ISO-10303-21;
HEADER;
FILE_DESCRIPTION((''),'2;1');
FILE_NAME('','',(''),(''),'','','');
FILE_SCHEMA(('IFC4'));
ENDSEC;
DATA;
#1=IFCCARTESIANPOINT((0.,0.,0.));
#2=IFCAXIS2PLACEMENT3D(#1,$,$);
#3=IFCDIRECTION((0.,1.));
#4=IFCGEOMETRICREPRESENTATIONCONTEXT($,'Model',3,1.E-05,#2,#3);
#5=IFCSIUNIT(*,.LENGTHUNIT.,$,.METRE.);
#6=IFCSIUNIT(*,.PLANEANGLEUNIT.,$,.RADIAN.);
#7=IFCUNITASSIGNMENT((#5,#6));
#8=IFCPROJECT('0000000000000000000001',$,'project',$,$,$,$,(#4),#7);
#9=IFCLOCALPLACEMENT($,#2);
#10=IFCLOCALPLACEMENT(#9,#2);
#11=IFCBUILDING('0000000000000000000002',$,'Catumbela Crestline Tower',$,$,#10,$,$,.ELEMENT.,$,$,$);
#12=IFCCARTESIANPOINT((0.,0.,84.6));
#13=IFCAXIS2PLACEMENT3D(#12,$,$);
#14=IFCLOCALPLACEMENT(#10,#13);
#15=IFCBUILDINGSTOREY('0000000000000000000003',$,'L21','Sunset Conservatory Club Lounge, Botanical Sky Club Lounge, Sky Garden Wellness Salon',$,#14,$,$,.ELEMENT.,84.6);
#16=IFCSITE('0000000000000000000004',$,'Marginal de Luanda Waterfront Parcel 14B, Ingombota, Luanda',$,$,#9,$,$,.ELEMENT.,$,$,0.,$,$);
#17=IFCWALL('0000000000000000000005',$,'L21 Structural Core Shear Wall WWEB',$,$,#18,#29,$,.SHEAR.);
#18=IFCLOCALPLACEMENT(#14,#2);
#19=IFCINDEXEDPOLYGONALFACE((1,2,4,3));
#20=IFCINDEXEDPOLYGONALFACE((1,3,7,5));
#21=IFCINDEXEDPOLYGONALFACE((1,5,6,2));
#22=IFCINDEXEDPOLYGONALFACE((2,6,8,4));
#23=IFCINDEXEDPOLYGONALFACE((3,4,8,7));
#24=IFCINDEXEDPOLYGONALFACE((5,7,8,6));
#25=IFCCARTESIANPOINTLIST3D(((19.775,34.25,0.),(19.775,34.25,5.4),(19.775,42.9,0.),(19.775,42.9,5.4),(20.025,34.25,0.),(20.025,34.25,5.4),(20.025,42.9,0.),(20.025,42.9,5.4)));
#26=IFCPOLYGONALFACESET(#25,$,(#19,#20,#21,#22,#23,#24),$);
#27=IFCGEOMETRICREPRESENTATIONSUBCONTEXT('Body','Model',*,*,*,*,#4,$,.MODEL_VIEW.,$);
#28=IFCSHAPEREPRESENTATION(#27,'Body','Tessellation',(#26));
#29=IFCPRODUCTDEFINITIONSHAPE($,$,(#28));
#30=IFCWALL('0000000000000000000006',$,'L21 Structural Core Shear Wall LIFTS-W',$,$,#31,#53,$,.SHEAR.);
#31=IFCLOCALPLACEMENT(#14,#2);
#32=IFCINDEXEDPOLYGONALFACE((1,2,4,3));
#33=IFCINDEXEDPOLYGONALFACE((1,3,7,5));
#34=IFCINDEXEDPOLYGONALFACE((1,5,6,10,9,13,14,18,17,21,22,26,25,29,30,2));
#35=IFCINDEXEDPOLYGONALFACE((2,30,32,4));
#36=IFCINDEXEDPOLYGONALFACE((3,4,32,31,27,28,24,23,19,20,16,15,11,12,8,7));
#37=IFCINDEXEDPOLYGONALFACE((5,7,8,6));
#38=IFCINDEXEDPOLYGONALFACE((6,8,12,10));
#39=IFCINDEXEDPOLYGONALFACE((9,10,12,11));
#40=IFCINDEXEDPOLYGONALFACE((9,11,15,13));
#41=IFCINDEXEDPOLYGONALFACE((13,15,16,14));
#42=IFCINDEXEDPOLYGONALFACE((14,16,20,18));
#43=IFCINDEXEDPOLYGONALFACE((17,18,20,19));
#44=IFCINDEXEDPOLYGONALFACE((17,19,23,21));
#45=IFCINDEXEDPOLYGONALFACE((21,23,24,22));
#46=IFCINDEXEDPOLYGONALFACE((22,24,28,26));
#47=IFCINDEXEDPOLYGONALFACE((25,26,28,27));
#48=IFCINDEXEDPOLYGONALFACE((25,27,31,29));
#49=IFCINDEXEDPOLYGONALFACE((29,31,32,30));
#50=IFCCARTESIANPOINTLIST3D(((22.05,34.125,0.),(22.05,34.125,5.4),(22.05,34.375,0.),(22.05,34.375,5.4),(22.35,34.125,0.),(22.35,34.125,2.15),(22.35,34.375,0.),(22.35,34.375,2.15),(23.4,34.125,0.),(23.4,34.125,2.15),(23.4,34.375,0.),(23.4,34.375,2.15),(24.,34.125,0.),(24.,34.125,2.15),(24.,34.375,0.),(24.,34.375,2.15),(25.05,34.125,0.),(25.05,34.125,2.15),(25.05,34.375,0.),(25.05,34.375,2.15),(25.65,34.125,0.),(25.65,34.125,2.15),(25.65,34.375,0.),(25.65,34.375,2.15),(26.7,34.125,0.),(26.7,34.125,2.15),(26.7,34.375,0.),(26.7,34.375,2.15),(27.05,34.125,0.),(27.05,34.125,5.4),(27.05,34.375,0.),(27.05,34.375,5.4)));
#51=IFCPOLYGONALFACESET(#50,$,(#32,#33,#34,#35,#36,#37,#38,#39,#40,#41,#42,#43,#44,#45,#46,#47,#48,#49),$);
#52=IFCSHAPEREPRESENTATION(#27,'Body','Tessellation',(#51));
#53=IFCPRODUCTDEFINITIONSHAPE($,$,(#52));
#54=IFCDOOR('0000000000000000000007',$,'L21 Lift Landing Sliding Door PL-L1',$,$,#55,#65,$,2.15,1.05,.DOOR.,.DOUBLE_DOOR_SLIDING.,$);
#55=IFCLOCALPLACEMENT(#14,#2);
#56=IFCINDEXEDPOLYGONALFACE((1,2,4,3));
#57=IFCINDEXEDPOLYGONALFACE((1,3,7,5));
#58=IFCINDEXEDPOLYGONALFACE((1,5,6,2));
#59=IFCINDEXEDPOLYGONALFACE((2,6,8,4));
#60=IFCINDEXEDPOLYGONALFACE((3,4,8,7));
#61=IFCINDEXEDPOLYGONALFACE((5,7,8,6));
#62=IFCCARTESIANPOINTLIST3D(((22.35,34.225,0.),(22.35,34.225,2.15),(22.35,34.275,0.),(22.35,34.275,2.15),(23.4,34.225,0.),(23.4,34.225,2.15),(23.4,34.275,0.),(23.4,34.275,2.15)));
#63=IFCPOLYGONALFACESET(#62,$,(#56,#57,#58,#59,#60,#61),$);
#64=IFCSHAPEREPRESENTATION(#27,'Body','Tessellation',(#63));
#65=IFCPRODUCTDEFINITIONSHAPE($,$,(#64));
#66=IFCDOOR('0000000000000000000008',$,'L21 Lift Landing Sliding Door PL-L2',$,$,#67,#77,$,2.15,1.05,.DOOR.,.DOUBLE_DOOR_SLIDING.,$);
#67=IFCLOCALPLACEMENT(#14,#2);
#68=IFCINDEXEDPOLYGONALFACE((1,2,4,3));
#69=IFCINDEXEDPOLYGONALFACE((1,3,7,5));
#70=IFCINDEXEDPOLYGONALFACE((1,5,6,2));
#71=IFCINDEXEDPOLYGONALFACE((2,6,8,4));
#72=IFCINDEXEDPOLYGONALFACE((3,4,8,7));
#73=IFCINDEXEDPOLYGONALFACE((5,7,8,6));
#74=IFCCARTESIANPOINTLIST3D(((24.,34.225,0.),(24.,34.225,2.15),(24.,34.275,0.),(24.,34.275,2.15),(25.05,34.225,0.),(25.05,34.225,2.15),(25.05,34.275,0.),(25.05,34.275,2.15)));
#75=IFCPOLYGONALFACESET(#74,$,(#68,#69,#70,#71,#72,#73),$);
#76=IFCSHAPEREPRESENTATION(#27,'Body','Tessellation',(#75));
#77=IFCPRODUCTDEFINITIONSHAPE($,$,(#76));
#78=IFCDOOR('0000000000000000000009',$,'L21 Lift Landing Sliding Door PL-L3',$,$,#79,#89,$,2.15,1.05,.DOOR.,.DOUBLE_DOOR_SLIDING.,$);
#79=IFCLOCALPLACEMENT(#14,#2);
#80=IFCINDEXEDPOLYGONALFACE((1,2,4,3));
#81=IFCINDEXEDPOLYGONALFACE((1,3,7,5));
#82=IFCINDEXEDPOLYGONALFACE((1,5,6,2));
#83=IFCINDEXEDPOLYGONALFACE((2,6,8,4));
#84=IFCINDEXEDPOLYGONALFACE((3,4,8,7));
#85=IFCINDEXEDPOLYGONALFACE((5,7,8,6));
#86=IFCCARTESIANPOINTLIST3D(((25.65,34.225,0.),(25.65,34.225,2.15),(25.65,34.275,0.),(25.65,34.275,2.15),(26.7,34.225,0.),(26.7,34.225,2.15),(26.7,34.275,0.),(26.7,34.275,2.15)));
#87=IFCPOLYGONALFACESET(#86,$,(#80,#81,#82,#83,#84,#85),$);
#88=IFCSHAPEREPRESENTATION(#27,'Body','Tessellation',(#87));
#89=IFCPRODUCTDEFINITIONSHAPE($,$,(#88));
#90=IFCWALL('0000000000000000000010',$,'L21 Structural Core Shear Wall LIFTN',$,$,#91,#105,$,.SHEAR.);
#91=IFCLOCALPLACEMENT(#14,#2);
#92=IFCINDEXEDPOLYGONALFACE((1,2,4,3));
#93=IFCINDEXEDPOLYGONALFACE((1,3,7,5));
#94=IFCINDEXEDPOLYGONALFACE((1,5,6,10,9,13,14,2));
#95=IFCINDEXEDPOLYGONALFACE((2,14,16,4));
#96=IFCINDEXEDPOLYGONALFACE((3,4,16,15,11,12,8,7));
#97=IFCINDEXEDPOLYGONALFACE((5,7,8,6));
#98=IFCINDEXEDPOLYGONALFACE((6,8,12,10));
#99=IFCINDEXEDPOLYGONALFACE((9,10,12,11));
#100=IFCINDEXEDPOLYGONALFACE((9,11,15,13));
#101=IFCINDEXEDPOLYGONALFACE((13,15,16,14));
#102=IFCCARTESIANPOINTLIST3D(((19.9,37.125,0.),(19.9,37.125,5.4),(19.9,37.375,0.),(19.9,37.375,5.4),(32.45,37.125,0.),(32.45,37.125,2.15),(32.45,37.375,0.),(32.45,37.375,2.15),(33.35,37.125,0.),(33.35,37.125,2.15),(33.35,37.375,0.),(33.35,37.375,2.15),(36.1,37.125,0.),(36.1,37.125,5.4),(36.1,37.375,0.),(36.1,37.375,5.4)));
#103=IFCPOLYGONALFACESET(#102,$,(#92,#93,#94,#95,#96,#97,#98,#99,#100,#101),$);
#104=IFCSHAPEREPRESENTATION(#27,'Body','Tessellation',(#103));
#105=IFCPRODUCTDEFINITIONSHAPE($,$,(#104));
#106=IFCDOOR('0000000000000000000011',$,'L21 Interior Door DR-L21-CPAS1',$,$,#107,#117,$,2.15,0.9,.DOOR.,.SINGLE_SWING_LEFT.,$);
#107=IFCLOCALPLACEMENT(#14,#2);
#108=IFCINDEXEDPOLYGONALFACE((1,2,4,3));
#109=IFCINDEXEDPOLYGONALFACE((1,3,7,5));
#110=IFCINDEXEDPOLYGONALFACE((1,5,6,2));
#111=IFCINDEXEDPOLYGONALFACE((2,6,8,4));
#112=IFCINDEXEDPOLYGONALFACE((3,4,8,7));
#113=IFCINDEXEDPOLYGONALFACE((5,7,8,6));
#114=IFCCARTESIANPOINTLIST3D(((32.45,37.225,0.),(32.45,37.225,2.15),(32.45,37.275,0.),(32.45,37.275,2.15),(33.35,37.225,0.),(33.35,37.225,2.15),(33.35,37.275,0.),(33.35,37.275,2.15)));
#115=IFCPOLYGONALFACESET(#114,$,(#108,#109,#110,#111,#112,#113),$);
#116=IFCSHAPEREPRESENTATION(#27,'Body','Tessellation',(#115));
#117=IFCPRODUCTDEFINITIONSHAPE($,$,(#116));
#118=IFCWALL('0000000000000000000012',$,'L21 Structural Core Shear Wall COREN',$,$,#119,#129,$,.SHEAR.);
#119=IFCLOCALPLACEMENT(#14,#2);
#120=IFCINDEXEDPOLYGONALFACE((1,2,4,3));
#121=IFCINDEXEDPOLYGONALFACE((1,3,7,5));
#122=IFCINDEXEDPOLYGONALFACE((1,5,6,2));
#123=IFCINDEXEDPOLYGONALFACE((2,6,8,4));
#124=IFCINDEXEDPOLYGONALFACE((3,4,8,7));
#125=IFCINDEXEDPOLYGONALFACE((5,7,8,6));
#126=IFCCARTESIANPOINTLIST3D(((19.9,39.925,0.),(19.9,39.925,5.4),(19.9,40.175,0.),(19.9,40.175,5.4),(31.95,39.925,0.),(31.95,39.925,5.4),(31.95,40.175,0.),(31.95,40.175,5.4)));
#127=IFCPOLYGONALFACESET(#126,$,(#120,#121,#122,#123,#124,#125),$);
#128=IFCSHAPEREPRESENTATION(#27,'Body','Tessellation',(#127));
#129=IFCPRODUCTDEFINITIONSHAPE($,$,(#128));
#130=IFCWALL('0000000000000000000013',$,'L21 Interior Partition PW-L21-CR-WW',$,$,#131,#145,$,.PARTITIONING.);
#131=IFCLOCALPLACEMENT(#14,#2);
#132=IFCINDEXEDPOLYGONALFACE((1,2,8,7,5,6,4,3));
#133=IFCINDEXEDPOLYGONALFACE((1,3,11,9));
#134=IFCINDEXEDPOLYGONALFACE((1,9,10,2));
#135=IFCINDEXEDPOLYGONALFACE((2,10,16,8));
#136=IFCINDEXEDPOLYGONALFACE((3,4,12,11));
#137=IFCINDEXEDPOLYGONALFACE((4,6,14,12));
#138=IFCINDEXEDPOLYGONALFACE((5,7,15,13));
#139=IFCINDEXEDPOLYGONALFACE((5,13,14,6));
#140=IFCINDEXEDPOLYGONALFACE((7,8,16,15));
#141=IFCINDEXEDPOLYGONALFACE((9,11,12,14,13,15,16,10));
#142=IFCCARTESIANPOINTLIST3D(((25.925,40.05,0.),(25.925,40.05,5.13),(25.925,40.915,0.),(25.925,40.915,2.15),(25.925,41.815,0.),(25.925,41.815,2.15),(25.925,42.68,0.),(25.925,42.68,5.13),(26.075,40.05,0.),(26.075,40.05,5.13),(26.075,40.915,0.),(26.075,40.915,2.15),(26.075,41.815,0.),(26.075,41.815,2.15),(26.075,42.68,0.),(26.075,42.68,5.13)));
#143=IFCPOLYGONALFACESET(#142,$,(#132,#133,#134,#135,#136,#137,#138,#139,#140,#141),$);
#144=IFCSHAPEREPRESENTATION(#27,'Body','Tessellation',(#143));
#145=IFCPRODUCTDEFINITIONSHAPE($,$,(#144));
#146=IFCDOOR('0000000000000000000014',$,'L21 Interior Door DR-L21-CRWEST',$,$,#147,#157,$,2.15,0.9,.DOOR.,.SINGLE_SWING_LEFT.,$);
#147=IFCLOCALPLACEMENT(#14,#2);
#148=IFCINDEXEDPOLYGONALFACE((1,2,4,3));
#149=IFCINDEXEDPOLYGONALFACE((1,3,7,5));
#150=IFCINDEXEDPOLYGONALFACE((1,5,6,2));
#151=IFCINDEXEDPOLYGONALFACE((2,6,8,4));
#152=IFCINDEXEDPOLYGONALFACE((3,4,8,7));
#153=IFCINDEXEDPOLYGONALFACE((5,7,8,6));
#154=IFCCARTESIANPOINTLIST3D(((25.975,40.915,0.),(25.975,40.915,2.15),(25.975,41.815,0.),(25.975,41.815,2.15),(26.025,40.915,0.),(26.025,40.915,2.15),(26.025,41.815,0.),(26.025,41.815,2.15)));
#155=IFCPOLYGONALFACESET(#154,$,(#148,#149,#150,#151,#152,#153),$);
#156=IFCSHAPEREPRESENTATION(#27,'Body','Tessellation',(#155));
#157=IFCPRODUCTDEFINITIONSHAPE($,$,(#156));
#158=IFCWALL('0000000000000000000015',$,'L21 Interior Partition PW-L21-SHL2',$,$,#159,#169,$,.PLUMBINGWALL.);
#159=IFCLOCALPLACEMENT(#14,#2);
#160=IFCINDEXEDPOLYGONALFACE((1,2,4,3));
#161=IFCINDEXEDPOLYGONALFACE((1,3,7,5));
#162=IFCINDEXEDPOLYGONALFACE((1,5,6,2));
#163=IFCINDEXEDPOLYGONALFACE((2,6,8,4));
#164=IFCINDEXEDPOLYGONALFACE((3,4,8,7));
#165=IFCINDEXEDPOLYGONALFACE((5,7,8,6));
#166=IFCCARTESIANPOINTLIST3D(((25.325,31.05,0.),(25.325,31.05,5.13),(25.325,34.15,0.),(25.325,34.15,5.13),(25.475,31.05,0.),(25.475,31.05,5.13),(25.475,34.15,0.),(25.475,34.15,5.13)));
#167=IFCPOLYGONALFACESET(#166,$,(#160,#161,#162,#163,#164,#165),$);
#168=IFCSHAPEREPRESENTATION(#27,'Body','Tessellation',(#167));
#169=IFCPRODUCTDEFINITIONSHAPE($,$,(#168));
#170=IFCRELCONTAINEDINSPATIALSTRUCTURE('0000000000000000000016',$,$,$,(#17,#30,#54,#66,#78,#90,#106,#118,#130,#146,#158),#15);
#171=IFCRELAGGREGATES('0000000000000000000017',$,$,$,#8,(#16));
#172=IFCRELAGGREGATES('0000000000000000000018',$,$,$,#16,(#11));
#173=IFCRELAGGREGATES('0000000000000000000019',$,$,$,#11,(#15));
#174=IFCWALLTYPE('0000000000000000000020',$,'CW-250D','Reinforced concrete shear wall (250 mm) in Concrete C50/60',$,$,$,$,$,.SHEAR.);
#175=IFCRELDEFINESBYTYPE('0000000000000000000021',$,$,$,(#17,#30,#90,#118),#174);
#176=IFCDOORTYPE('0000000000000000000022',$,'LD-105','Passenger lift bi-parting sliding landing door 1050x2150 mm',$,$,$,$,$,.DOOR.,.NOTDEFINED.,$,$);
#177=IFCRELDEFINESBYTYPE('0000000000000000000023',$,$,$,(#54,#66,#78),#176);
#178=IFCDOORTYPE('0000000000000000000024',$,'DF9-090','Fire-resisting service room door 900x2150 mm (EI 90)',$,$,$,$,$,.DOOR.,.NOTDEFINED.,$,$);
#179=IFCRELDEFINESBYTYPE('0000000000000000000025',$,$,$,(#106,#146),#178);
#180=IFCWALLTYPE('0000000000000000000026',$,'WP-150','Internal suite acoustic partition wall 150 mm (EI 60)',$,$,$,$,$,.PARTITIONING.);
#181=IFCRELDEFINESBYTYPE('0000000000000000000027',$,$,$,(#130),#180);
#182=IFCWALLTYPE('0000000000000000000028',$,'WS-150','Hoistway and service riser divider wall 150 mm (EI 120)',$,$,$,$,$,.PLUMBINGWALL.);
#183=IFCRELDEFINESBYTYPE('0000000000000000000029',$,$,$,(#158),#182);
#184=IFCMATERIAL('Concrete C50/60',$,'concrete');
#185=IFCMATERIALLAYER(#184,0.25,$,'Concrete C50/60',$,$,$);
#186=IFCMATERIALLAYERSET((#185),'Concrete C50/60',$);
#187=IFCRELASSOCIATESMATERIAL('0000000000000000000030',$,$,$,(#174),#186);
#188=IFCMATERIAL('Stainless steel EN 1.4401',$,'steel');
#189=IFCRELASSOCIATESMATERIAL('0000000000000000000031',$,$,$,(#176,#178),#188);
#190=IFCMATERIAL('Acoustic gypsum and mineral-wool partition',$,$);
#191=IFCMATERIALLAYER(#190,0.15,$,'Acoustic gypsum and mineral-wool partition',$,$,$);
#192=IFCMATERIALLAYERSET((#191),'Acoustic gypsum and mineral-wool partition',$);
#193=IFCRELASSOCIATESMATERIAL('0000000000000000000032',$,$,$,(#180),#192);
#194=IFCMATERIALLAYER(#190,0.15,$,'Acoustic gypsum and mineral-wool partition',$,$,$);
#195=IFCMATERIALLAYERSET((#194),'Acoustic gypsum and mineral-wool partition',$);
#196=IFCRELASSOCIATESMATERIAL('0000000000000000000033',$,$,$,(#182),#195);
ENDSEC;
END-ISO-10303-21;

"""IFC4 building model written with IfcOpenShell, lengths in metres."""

from ifc_helpers import new_model, si_unit, direction, frame, frame_2d, origin, place, context, subcontext, project, spatial, rectangle, extrude, material, layer, layer_set, type_object, element, fill, save


model = new_model("IFC4")

# Units and contexts
model_context = context("Model", 3, precision=1e-05, world=origin(), true_north=direction((0.0, 1.0)))
body_context = subcontext(model_context, "Body", "Model", "MODEL_VIEW")
ifc_project = project(units=[si_unit("LENGTHUNIT", "METRE"), si_unit("PLANEANGLEUNIT", "RADIAN")], contexts=[model_context])

# Site, building, storey
site_placement = place(None, origin())
site = spatial("IfcSite", under=ifc_project, at=site_placement, Name="Marginal de Luanda Waterfront Parcel 14B, Ingombota, Luanda", CompositionType="ELEMENT", RefElevation=0.0)
building_placement = place(site_placement, origin())
building = spatial("IfcBuilding", under=site, at=building_placement, Name="Catumbela Crestline Tower", CompositionType="ELEMENT")
storey_placement = place(building_placement, frame((0.0, 0.0, 84.6)))
storey = spatial("IfcBuildingStorey", under=building, at=storey_placement, Name="L21", Description="Sunset Conservatory Club Lounge, Botanical Sky Club Lounge, Sky Garden Wellness Salon", CompositionType="ELEMENT", Elevation=84.6)

# Wall
ifc_material_1 = material(Name="Concrete C50/60", Category="concrete")
ifc_layer_1 = layer(ifc_material_1, 0.25, Name="Concrete C50/60")
ifc_layer_set_1 = layer_set([ifc_layer_1], Name="Concrete C50/60")
wall_type_1 = type_object("IfcWallType", Name="CW-250D", Description="Reinforced concrete shear wall (250 mm) in Concrete C50/60", PredefinedType="SHEAR", material=ifc_layer_set_1)
wall_1_placement = place(storey_placement, frame((19.9, 34.25, 0.0), z_axis=(0.0, 0.0, 1.0), x_axis=(0.0, 1.0, 0.0)))
element("IfcWall", 1, at=wall_1_placement, inside=storey, type_object=wall_type_1, Name="L21 Structural Core Shear Wall WWEB", PredefinedType="SHEAR", context=body_context, shape_type="SweptSolid", body=[
    extrude(rectangle(XDim=8.65, YDim=0.25, at=frame_2d((4.325, 0.0))), origin(), (0.0, 0.0, 1.0), 5.4),
])

# Wall, openings, doors
wall_2_placement = place(storey_placement, frame((22.05, 34.25, 0.0), z_axis=(0.0, 0.0, 1.0), x_axis=(1.0, 0.0, 0.0)))
wall_2 = element("IfcWall", 2, at=wall_2_placement, inside=storey, type_object=wall_type_1, Name="L21 Structural Core Shear Wall LIFTS-W", PredefinedType="SHEAR", context=body_context, shape_type="SweptSolid", body=[
    extrude(rectangle(XDim=5.0, YDim=0.25, at=frame_2d((2.5, 0.0))), origin(), (0.0, 0.0, 1.0), 5.4),
])
opening_1_placement = place(wall_2_placement, frame((0.3, 0.0, 0.0)))
opening_1 = element("IfcOpeningElement", 3, at=opening_1_placement, cuts=wall_2, PredefinedType="OPENING", context=body_context, shape_type="SweptSolid", body=[
    extrude(rectangle(XDim=1.05, YDim=2.15, at=frame_2d((0.525, 1.075))), frame((0.0, 0.135, 0.0), z_axis=(0.0, -1.0, 0.0), x_axis=(1.0, 0.0, 0.0)), (0.0, 0.0, 1.0), 0.27),
])
opening_2_placement = place(wall_2_placement, frame((1.95, 0.0, 0.0)))
opening_2 = element("IfcOpeningElement", 4, at=opening_2_placement, cuts=wall_2, PredefinedType="OPENING", context=body_context, shape_type="SweptSolid", body=[
    extrude(rectangle(XDim=1.05, YDim=2.15, at=frame_2d((0.525, 1.075))), frame((0.0, 0.135, 0.0), z_axis=(0.0, -1.0, 0.0), x_axis=(1.0, 0.0, 0.0)), (0.0, 0.0, 1.0), 0.27),
])
opening_3_placement = place(wall_2_placement, frame((3.6, 0.0, 0.0)))
opening_3 = element("IfcOpeningElement", 5, at=opening_3_placement, cuts=wall_2, PredefinedType="OPENING", context=body_context, shape_type="SweptSolid", body=[
    extrude(rectangle(XDim=1.05, YDim=2.15, at=frame_2d((0.525, 1.075))), frame((0.0, 0.135, 0.0), z_axis=(0.0, -1.0, 0.0), x_axis=(1.0, 0.0, 0.0)), (0.0, 0.0, 1.0), 0.27),
])
ifc_material_2 = material(Name="Stainless steel EN 1.4401", Category="steel")
door_type_1 = type_object("IfcDoorType", Name="LD-105", Description="Passenger lift bi-parting sliding landing door 1050x2150 mm", OperationType="NOTDEFINED", PredefinedType="DOOR", material=ifc_material_2)
door_1_placement = place(opening_1_placement, origin())
door_1 = element("IfcDoor", 6, at=door_1_placement, inside=storey, type_object=door_type_1, Name="L21 Lift Landing Sliding Door PL-L1", OperationType="DOUBLE_DOOR_SLIDING", OverallHeight=2.15, OverallWidth=1.05, PredefinedType="DOOR", context=body_context, shape_type="SweptSolid", body=[
    extrude(rectangle(XDim=1.05, YDim=2.15, at=frame_2d((0.525, 1.075))), frame((0.0, 0.025, 0.0), z_axis=(0.0, -1.0, 0.0), x_axis=(1.0, 0.0, 0.0)), (0.0, 0.0, 1.0), 0.05),
])
fill(opening_1, door_1)
door_2_placement = place(opening_2_placement, origin())
door_2 = element("IfcDoor", 7, at=door_2_placement, inside=storey, type_object=door_type_1, Name="L21 Lift Landing Sliding Door PL-L2", OperationType="DOUBLE_DOOR_SLIDING", OverallHeight=2.15, OverallWidth=1.05, PredefinedType="DOOR", context=body_context, shape_type="SweptSolid", body=[
    extrude(rectangle(XDim=1.05, YDim=2.15, at=frame_2d((0.525, 1.075))), frame((0.0, 0.025, 0.0), z_axis=(0.0, -1.0, 0.0), x_axis=(1.0, 0.0, 0.0)), (0.0, 0.0, 1.0), 0.05),
])
fill(opening_2, door_2)
door_3_placement = place(opening_3_placement, origin())
door_3 = element("IfcDoor", 8, at=door_3_placement, inside=storey, type_object=door_type_1, Name="L21 Lift Landing Sliding Door PL-L3", OperationType="DOUBLE_DOOR_SLIDING", OverallHeight=2.15, OverallWidth=1.05, PredefinedType="DOOR", context=body_context, shape_type="SweptSolid", body=[
    extrude(rectangle(XDim=1.05, YDim=2.15, at=frame_2d((0.525, 1.075))), frame((0.0, 0.025, 0.0), z_axis=(0.0, -1.0, 0.0), x_axis=(1.0, 0.0, 0.0)), (0.0, 0.0, 1.0), 0.05),
])
fill(opening_3, door_3)

# Wall, opening, door
wall_3_placement = place(storey_placement, frame((19.9, 37.25, 0.0), z_axis=(0.0, 0.0, 1.0), x_axis=(1.0, 0.0, 0.0)))
wall_3 = element("IfcWall", 9, at=wall_3_placement, inside=storey, type_object=wall_type_1, Name="L21 Structural Core Shear Wall LIFTN", PredefinedType="SHEAR", context=body_context, shape_type="SweptSolid", body=[
    extrude(rectangle(XDim=16.2, YDim=0.25, at=frame_2d((8.1, 0.0))), origin(), (0.0, 0.0, 1.0), 5.4),
])
opening_4_placement = place(wall_3_placement, frame((12.55, 0.0, 0.0)))
opening_4 = element("IfcOpeningElement", 10, at=opening_4_placement, cuts=wall_3, PredefinedType="OPENING", context=body_context, shape_type="SweptSolid", body=[
    extrude(rectangle(XDim=0.9, YDim=2.15, at=frame_2d((0.45, 1.075))), frame((0.0, 0.135, 0.0), z_axis=(0.0, -1.0, 0.0), x_axis=(1.0, 0.0, 0.0)), (0.0, 0.0, 1.0), 0.27),
])
door_type_2 = type_object("IfcDoorType", Name="DF9-090", Description="Fire-resisting service room door 900x2150 mm (EI 90)", OperationType="NOTDEFINED", PredefinedType="DOOR", material=ifc_material_2)
door_4_placement = place(opening_4_placement, origin())
door_4 = element("IfcDoor", 11, at=door_4_placement, inside=storey, type_object=door_type_2, Name="L21 Interior Door DR-L21-CPAS1", OperationType="SINGLE_SWING_LEFT", OverallHeight=2.15, OverallWidth=0.9, PredefinedType="DOOR", context=body_context, shape_type="SweptSolid", body=[
    extrude(rectangle(XDim=0.9, YDim=2.15, at=frame_2d((0.45, 1.075))), frame((0.0, 0.025, 0.0), z_axis=(0.0, -1.0, 0.0), x_axis=(1.0, 0.0, 0.0)), (0.0, 0.0, 1.0), 0.05),
])
fill(opening_4, door_4)

# Wall
wall_4_placement = place(storey_placement, frame((19.9, 40.05, 0.0), z_axis=(0.0, 0.0, 1.0), x_axis=(1.0, 0.0, 0.0)))
element("IfcWall", 12, at=wall_4_placement, inside=storey, type_object=wall_type_1, Name="L21 Structural Core Shear Wall COREN", PredefinedType="SHEAR", context=body_context, shape_type="SweptSolid", body=[
    extrude(rectangle(XDim=12.05, YDim=0.25, at=frame_2d((6.025, 0.0))), origin(), (0.0, 0.0, 1.0), 5.4),
])

# Wall, opening, door
ifc_material_3 = material(Name="Acoustic gypsum and mineral-wool partition")
ifc_layer_2 = layer(ifc_material_3, 0.15, Name="Acoustic gypsum and mineral-wool partition")
ifc_layer_set_2 = layer_set([ifc_layer_2], Name="Acoustic gypsum and mineral-wool partition")
wall_type_2 = type_object("IfcWallType", Name="WP-150", Description="Internal suite acoustic partition wall 150 mm (EI 60)", PredefinedType="PARTITIONING", material=ifc_layer_set_2)
wall_5_placement = place(storey_placement, frame((26.0, 40.05, 0.0), z_axis=(0.0, 0.0, 1.0), x_axis=(0.0, 1.0, 0.0)))
wall_5 = element("IfcWall", 13, at=wall_5_placement, inside=storey, type_object=wall_type_2, Name="L21 Interior Partition PW-L21-CR-WW", PredefinedType="PARTITIONING", context=body_context, shape_type="SweptSolid", body=[
    extrude(rectangle(XDim=2.63, YDim=0.15, at=frame_2d((1.315, 0.0))), origin(), (0.0, 0.0, 1.0), 5.13),
])
opening_5_placement = place(wall_5_placement, frame((0.865, 0.0, 0.0)))
opening_5 = element("IfcOpeningElement", 14, at=opening_5_placement, cuts=wall_5, PredefinedType="OPENING", context=body_context, shape_type="SweptSolid", body=[
    extrude(rectangle(XDim=0.9, YDim=2.15, at=frame_2d((0.45, 1.075))), frame((0.0, 0.085, 0.0), z_axis=(0.0, -1.0, 0.0), x_axis=(1.0, 0.0, 0.0)), (0.0, 0.0, 1.0), 0.17),
])
door_5_placement = place(opening_5_placement, origin())
door_5 = element("IfcDoor", 15, at=door_5_placement, inside=storey, type_object=door_type_2, Name="L21 Interior Door DR-L21-CRWEST", OperationType="SINGLE_SWING_LEFT", OverallHeight=2.15, OverallWidth=0.9, PredefinedType="DOOR", context=body_context, shape_type="SweptSolid", body=[
    extrude(rectangle(XDim=0.9, YDim=2.15, at=frame_2d((0.45, 1.075))), frame((0.0, 0.025, 0.0), z_axis=(0.0, -1.0, 0.0), x_axis=(1.0, 0.0, 0.0)), (0.0, 0.0, 1.0), 0.05),
])
fill(opening_5, door_5)

# Wall
ifc_layer_3 = layer(ifc_material_3, 0.15, Name="Acoustic gypsum and mineral-wool partition")
ifc_layer_set_3 = layer_set([ifc_layer_3], Name="Acoustic gypsum and mineral-wool partition")
wall_type_3 = type_object("IfcWallType", Name="WS-150", Description="Hoistway and service riser divider wall 150 mm (EI 120)", PredefinedType="PLUMBINGWALL", material=ifc_layer_set_3)
wall_6_placement = place(storey_placement, frame((25.4, 31.05, 0.0), z_axis=(0.0, 0.0, 1.0), x_axis=(0.0, 1.0, 0.0)))
element("IfcWall", 16, at=wall_6_placement, inside=storey, type_object=wall_type_3, Name="L21 Interior Partition PW-L21-SHL2", PredefinedType="PLUMBINGWALL", context=body_context, shape_type="SweptSolid", body=[
    extrude(rectangle(XDim=3.1, YDim=0.15, at=frame_2d((1.55, 0.0))), origin(), (0.0, 0.0, 1.0), 5.13),
])

save(model, "model.ifc")
